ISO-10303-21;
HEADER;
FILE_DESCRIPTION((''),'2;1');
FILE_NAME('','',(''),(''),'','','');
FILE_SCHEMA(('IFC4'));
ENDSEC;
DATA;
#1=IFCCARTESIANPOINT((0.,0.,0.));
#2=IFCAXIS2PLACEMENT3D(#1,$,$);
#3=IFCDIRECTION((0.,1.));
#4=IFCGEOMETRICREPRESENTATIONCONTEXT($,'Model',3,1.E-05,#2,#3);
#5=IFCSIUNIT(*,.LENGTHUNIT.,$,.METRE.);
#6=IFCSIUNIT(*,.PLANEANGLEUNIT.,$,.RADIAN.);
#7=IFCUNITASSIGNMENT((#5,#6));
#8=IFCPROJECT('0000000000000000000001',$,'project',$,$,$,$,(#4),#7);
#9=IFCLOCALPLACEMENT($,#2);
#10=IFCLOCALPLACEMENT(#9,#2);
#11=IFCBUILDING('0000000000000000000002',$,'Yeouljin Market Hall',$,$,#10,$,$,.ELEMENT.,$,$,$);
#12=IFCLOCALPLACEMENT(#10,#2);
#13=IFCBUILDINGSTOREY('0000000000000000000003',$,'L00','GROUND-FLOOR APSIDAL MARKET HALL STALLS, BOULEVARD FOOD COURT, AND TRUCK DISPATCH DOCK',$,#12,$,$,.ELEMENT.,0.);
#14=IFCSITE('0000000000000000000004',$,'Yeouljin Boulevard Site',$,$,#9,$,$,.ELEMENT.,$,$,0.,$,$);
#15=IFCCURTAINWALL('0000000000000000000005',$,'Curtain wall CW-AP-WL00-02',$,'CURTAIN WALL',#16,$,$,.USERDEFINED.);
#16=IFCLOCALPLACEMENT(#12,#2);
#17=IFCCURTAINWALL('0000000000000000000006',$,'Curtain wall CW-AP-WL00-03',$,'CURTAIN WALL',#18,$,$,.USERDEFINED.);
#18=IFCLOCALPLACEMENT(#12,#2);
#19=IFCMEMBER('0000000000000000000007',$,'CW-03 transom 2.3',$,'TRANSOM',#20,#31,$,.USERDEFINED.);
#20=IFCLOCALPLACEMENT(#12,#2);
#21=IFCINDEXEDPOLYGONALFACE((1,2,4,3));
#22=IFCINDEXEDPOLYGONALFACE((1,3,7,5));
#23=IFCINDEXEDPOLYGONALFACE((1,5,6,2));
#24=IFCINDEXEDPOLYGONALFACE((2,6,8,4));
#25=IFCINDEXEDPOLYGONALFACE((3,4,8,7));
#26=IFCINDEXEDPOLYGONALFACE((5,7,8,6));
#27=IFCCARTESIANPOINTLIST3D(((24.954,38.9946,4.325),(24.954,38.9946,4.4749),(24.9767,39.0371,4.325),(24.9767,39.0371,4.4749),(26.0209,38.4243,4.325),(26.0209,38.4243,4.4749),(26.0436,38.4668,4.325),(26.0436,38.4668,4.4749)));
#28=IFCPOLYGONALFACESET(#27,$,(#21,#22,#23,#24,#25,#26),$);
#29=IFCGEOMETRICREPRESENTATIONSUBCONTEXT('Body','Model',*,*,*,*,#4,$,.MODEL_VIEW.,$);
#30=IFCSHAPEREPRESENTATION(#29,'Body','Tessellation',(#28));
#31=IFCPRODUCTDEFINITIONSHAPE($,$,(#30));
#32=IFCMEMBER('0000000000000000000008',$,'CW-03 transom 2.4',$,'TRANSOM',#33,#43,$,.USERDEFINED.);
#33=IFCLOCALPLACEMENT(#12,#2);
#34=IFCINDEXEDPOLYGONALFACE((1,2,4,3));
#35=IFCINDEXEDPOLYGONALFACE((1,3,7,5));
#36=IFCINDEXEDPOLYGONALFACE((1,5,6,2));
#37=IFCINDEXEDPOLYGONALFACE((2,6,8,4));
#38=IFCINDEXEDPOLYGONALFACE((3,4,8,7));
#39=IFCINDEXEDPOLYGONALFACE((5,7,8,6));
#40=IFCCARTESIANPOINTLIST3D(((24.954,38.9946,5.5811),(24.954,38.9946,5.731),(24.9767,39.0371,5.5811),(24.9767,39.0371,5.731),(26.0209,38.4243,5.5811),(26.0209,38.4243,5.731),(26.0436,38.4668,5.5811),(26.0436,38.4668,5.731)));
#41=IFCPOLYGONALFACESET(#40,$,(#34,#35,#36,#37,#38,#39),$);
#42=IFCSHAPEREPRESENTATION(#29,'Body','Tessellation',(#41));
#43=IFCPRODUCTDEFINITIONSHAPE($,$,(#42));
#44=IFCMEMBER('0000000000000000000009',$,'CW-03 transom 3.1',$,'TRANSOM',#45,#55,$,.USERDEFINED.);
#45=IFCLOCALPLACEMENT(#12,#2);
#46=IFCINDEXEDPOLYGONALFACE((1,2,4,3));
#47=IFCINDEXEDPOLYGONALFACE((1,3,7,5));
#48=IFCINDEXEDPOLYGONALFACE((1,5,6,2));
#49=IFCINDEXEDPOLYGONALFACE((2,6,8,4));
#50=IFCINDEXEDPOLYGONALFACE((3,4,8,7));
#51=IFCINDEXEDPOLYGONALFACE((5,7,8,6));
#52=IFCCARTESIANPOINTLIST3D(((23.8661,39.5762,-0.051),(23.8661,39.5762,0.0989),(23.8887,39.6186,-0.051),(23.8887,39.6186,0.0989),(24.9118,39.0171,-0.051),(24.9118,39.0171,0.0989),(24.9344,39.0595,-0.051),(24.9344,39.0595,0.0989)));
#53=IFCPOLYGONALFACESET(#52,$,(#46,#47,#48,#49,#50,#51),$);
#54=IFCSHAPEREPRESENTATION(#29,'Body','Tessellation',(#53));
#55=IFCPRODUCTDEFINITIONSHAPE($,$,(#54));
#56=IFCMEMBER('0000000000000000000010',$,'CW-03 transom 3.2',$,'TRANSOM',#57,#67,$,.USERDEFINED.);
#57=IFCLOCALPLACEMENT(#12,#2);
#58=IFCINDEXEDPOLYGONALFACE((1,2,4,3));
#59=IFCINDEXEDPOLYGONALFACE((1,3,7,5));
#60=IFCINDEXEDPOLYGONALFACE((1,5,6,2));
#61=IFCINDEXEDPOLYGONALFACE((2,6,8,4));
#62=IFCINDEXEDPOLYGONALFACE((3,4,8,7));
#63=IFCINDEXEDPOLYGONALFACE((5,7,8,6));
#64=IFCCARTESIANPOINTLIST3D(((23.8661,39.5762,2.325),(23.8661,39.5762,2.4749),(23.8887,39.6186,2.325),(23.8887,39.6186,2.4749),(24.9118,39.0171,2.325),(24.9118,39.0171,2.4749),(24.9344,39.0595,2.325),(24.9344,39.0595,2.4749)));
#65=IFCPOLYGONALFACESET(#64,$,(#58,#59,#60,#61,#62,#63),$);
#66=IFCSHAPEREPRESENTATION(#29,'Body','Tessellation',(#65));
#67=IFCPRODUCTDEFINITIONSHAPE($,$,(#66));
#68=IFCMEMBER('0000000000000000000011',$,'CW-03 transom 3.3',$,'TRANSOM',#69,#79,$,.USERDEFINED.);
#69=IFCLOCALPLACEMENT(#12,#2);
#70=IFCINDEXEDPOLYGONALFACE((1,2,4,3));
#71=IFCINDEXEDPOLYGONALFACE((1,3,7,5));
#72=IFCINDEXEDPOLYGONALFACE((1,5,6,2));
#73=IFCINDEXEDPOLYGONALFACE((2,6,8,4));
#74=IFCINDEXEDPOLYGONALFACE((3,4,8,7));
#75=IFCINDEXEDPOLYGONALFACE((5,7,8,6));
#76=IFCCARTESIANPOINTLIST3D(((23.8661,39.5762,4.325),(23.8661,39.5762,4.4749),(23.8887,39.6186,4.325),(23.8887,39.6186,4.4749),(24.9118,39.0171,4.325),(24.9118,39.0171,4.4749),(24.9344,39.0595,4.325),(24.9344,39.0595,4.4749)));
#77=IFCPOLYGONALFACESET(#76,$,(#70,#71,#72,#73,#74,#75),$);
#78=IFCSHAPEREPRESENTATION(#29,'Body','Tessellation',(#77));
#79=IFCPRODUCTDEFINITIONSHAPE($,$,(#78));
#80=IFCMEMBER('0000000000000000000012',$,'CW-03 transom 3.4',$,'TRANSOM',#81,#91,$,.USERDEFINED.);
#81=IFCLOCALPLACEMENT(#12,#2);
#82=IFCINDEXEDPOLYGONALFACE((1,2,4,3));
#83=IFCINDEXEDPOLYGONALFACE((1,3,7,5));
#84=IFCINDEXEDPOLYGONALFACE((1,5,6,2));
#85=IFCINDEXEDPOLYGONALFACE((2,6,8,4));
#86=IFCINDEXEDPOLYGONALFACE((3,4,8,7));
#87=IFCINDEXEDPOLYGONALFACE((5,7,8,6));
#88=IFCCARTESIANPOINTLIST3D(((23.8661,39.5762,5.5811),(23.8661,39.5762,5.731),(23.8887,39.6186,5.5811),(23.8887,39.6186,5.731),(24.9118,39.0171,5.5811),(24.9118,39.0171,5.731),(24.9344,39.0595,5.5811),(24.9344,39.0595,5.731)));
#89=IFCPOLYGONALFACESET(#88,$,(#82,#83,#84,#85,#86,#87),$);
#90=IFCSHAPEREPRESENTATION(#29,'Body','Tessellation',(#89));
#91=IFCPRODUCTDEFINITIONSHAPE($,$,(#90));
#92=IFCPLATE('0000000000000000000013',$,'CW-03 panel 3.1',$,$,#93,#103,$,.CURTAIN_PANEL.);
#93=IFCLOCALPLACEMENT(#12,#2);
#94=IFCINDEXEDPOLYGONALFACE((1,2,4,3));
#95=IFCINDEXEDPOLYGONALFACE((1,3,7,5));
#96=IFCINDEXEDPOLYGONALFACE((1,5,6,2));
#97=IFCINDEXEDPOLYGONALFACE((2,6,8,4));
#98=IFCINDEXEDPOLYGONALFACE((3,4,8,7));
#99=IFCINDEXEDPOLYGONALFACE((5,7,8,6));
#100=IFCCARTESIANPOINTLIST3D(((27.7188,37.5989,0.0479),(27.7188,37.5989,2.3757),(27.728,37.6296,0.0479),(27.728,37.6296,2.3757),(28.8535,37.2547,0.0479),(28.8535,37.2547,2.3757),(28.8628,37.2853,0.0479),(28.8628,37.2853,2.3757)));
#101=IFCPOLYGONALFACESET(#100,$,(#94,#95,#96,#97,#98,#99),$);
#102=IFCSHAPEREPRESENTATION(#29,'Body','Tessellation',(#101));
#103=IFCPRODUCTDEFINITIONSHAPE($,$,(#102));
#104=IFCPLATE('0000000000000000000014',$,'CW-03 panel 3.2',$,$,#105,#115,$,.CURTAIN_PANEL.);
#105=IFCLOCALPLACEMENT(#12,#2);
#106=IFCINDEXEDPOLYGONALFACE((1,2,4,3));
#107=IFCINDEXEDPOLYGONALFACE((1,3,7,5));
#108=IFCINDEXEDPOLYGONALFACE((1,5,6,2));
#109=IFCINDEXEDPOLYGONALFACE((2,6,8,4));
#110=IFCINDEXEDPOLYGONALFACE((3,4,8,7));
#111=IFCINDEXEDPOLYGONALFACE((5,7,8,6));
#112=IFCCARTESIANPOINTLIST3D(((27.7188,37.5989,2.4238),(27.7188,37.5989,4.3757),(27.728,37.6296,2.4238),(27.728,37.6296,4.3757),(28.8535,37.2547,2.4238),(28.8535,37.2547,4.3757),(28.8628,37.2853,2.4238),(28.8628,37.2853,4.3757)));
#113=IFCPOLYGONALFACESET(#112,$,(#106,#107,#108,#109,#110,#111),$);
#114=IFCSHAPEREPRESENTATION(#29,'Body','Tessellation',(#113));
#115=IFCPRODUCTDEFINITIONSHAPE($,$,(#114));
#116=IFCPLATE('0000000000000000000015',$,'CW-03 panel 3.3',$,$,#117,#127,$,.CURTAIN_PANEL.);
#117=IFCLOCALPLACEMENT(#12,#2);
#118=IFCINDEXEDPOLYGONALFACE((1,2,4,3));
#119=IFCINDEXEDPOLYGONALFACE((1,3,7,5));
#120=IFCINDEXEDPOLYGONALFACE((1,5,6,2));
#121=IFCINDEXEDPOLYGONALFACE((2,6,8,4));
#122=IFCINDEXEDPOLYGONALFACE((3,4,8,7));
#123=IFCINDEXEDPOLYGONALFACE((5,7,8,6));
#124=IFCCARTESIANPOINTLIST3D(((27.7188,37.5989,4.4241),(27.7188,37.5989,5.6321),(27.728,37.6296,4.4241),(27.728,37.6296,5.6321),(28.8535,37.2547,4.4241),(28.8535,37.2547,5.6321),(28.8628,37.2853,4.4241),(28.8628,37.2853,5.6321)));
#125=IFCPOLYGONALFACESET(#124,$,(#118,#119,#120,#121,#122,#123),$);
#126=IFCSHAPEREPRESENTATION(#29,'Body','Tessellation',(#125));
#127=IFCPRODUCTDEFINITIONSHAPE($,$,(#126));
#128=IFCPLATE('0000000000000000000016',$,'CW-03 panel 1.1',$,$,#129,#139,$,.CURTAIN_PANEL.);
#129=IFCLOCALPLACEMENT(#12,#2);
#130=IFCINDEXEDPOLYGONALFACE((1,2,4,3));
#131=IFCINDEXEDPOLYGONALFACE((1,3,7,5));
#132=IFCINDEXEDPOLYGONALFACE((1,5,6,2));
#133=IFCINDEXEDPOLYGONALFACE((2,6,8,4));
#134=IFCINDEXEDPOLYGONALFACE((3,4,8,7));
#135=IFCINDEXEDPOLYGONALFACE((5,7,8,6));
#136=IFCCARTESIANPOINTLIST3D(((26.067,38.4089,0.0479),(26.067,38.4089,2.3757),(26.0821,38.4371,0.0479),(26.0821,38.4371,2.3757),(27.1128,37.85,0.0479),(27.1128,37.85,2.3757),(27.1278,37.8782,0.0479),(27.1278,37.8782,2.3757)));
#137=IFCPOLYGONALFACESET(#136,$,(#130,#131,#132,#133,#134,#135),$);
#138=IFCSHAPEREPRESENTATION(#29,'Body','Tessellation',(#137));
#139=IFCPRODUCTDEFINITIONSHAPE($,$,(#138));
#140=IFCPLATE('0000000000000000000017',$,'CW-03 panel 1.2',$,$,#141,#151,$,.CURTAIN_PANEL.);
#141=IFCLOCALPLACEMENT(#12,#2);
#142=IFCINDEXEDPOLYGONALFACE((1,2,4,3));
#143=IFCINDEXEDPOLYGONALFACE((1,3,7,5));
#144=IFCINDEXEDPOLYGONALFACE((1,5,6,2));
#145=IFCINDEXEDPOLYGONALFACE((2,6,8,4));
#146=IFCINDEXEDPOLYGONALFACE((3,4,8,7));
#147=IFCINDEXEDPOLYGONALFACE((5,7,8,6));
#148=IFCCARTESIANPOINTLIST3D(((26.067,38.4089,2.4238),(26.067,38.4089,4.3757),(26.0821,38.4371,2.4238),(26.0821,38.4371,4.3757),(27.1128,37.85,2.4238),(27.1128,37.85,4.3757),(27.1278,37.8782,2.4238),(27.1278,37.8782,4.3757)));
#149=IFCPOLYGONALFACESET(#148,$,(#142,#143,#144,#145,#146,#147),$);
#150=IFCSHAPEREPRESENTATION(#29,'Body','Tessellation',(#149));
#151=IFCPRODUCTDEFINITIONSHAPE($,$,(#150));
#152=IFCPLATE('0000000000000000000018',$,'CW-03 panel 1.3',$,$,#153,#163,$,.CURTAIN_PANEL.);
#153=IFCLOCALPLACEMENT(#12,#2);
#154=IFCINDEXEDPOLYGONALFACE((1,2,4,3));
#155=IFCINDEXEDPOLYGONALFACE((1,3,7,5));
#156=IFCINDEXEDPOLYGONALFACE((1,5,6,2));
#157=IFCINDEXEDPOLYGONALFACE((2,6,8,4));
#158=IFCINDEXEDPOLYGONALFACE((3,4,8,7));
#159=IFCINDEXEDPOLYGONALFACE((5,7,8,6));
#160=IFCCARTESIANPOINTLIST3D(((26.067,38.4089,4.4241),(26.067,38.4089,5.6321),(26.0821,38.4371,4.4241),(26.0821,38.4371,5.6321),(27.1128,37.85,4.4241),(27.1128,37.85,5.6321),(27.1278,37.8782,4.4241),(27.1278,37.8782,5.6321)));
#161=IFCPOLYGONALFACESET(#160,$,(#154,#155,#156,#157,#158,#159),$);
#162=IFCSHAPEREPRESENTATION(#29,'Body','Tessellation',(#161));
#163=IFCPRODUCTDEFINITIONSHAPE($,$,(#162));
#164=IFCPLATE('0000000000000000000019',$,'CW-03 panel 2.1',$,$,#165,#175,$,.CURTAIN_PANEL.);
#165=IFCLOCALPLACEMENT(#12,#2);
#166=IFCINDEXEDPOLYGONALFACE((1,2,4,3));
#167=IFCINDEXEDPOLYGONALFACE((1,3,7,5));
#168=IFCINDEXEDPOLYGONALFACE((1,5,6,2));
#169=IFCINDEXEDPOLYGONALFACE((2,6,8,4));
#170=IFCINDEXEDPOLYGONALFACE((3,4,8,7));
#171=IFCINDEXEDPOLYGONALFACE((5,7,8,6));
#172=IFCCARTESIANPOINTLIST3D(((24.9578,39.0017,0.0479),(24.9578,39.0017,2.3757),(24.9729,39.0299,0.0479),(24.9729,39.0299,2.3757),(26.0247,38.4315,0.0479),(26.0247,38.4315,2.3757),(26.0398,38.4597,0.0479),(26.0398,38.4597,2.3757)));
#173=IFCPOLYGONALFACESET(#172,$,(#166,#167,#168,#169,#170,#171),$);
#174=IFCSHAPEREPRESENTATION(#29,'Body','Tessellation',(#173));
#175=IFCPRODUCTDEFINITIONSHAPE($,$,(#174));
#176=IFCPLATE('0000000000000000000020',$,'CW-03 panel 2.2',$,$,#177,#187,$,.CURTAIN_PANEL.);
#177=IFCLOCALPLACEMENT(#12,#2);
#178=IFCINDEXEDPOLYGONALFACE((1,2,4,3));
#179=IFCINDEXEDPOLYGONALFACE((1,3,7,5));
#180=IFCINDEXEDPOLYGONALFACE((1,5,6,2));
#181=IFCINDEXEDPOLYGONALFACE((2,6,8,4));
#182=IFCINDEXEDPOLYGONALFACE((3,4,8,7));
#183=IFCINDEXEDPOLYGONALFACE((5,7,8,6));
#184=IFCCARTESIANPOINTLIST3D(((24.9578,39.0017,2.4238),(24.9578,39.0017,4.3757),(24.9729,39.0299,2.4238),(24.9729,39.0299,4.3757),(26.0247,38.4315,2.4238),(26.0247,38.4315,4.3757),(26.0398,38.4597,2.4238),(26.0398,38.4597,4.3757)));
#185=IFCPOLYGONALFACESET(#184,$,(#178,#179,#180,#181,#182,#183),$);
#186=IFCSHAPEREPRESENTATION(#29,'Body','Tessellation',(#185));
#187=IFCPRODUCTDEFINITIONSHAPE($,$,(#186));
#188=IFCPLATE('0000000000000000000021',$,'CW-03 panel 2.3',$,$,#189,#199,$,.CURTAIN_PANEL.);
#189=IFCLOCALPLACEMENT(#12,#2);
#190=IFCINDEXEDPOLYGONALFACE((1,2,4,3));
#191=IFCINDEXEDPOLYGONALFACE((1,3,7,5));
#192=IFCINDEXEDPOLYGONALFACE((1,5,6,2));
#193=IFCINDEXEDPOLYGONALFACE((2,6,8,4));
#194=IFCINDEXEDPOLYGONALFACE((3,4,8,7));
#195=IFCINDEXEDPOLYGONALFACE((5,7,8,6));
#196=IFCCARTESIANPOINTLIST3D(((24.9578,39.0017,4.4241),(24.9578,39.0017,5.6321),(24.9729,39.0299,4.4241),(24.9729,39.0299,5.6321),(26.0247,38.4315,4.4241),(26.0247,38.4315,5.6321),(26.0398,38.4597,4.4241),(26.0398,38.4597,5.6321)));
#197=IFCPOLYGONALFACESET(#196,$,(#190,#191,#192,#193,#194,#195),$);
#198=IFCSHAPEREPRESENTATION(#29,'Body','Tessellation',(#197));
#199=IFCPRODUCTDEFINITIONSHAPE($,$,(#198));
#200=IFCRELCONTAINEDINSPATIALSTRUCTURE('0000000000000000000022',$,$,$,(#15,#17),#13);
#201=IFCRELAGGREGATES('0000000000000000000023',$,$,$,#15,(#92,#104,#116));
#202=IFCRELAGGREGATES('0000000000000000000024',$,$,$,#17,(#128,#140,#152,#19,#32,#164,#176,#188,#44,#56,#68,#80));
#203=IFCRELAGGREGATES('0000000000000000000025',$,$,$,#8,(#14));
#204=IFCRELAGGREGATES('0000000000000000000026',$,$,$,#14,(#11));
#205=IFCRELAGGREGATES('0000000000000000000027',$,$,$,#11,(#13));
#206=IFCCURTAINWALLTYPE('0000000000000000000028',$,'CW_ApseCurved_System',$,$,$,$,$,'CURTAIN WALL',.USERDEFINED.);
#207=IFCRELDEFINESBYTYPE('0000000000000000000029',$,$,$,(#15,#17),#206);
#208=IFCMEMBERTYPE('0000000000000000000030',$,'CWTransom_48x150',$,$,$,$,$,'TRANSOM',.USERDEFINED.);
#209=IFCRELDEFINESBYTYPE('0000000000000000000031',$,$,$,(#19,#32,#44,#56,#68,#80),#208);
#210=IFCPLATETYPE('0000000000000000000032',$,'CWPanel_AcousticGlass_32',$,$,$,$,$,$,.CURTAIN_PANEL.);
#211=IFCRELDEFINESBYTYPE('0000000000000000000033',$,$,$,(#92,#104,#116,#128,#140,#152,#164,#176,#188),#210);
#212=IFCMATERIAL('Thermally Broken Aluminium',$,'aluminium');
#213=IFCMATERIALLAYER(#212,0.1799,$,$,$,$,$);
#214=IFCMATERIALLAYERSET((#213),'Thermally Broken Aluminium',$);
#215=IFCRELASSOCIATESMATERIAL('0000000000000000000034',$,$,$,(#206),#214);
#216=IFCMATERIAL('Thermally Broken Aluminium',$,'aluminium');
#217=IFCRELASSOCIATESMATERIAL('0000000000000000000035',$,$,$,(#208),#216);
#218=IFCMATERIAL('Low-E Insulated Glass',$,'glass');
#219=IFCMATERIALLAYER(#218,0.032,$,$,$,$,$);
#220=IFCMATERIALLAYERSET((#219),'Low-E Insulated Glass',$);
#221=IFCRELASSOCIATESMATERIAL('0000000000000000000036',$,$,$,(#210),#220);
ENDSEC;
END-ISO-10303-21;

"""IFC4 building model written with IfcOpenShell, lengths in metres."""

from ifc_helpers import new_model, si_unit, direction, frame, origin, origin_2d, place, context, subcontext, project, spatial, rectangle, extrude, material, layer, layer_set, material_profile, profile_set, type_object, element, aggregate, save


model = new_model("IFC4")

# Units and contexts
model_context = context("Model", 3, precision=1e-05, world=origin(), true_north=direction((0.0, 1.0)))
body_context = subcontext(model_context, "Body", "Model", "MODEL_VIEW")
ifc_project = project(units=[si_unit("LENGTHUNIT", "METRE"), si_unit("PLANEANGLEUNIT", "RADIAN")], contexts=[model_context])

# Site, building, storey
site_placement = place(None, origin())
site = spatial("IfcSite", under=ifc_project, at=site_placement, Name="Yeouljin Boulevard Site", CompositionType="ELEMENT", RefElevation=0.0)
building_placement = place(site_placement, origin())
building = spatial("IfcBuilding", under=site, at=building_placement, Name="Yeouljin Market Hall", CompositionType="ELEMENT")
storey_placement = place(building_placement, origin())
storey = spatial("IfcBuildingStorey", under=building, at=storey_placement, Name="L00", Description="GROUND-FLOOR APSIDAL MARKET HALL STALLS, BOULEVARD FOOD COURT, AND TRUCK DISPATCH DOCK", CompositionType="ELEMENT", Elevation=0.0)

# Curtain wall
ifc_material_1 = material(Name="Thermally Broken Aluminium", Category="aluminium")
ifc_layer_1 = layer(ifc_material_1, 0.1799)
ifc_layer_set_1 = layer_set([ifc_layer_1], Name="Thermally Broken Aluminium")
curtain_wall_type = type_object("IfcCurtainWallType", Name="CW_ApseCurved_System", ElementType="CURTAIN WALL", PredefinedType="USERDEFINED", material=ifc_layer_set_1)
curtain_wall_1_placement = place(storey_placement, origin())
curtain_wall_1 = element("IfcCurtainWall", 1, at=curtain_wall_1_placement, inside=storey, type_object=curtain_wall_type, Name="Curtain wall CW-AP-WL00-02", ObjectType="CURTAIN WALL", PredefinedType="USERDEFINED")

# Curtain wall, members
curtain_wall_2_placement = place(storey_placement, origin())
curtain_wall_2 = element("IfcCurtainWall", 2, at=curtain_wall_2_placement, inside=storey, type_object=curtain_wall_type, Name="Curtain wall CW-AP-WL00-03", ObjectType="CURTAIN WALL", PredefinedType="USERDEFINED")
ifc_material_2 = material(Name="Thermally Broken Aluminium", Category="aluminium")
ifc_material_profile_1 = material_profile(ifc_material_2, rectangle(XDim=0.0481, YDim=0.1499, at=origin_2d()), Name="CW-TRAN-48x150")
ifc_profile_set_1 = profile_set([ifc_material_profile_1], Name="Thermally Broken Aluminium")
member_type_1 = type_object("IfcMemberType", Name="CWTransom_48x150", ElementType="TRANSOM", PredefinedType="USERDEFINED", material=ifc_profile_set_1)
member_1_placement = place(storey_placement, frame((26.0322, 38.4456, 4.3999), z_axis=(-0.881906, 0.471426, 0.0), x_axis=(-0.471426, -0.881906, 0.0)))
member_1 = element("IfcMember", 3, at=member_1_placement, type_object=member_type_1, Name="CW-03 transom 2.3", ObjectType="TRANSOM", PredefinedType="USERDEFINED", context=body_context, shape_type="SweptSolid", body=[
    extrude(rectangle(XDim=0.0481, YDim=0.1499, at=origin_2d()), origin(), (0.0, 0.0, 1.0), 1.2097),
])
member_2_placement = place(storey_placement, frame((26.0322, 38.4456, 5.656), z_axis=(-0.881906, 0.471426, 0.0), x_axis=(-0.471426, -0.881906, 0.0)))
member_2 = element("IfcMember", 4, at=member_2_placement, type_object=member_type_1, Name="CW-03 transom 2.4", ObjectType="TRANSOM", PredefinedType="USERDEFINED", context=body_context, shape_type="SweptSolid", body=[
    extrude(rectangle(XDim=0.0481, YDim=0.1499, at=origin_2d()), origin(), (0.0, 0.0, 1.0), 1.2097),
])
member_3_placement = place(storey_placement, frame((24.9231, 39.0383, 0.0239), z_axis=(-0.881862, 0.471507, 0.0), x_axis=(-0.471507, -0.881862, 0.0)))
member_3 = element("IfcMember", 5, at=member_3_placement, type_object=member_type_1, Name="CW-03 transom 3.1", ObjectType="TRANSOM", PredefinedType="USERDEFINED", context=body_context, shape_type="SweptSolid", body=[
    extrude(rectangle(XDim=0.0481, YDim=0.1499, at=origin_2d()), origin(), (0.0, 0.0, 1.0), 1.1858),
])
member_4_placement = place(storey_placement, frame((24.9231, 39.0383, 2.3999), z_axis=(-0.881862, 0.471507, 0.0), x_axis=(-0.471507, -0.881862, 0.0)))
member_4 = element("IfcMember", 6, at=member_4_placement, type_object=member_type_1, Name="CW-03 transom 3.2", ObjectType="TRANSOM", PredefinedType="USERDEFINED", context=body_context, shape_type="SweptSolid", body=[
    extrude(rectangle(XDim=0.0481, YDim=0.1499, at=origin_2d()), origin(), (0.0, 0.0, 1.0), 1.1858),
])
member_5_placement = place(storey_placement, frame((24.9231, 39.0383, 4.3999), z_axis=(-0.881862, 0.471507, 0.0), x_axis=(-0.471507, -0.881862, 0.0)))
member_5 = element("IfcMember", 7, at=member_5_placement, type_object=member_type_1, Name="CW-03 transom 3.3", ObjectType="TRANSOM", PredefinedType="USERDEFINED", context=body_context, shape_type="SweptSolid", body=[
    extrude(rectangle(XDim=0.0481, YDim=0.1499, at=origin_2d()), origin(), (0.0, 0.0, 1.0), 1.1858),
])
member_6_placement = place(storey_placement, frame((24.9231, 39.0383, 5.656), z_axis=(-0.881862, 0.471507, 0.0), x_axis=(-0.471507, -0.881862, 0.0)))
member_6 = element("IfcMember", 8, at=member_6_placement, type_object=member_type_1, Name="CW-03 transom 3.4", ObjectType="TRANSOM", PredefinedType="USERDEFINED", context=body_context, shape_type="SweptSolid", body=[
    extrude(rectangle(XDim=0.0481, YDim=0.1499, at=origin_2d()), origin(), (0.0, 0.0, 1.0), 1.1858),
])

# Plates
ifc_material_3 = material(Name="Low-E Insulated Glass", Category="glass")
ifc_layer_2 = layer(ifc_material_3, 0.032)
ifc_layer_set_2 = layer_set([ifc_layer_2], Name="Low-E Insulated Glass")
plate_type = type_object("IfcPlateType", Name="CWPanel_AcousticGlass_32", PredefinedType="CURTAIN_PANEL", material=ifc_layer_set_2)
plate_1_placement = place(storey_placement, frame((28.2908, 37.4421, 0.0479), z_axis=(0.0, 0.0, 1.0), x_axis=(-0.95694, 0.290286, 0.0)))
plate_1 = element("IfcPlate", 9, at=plate_1_placement, type_object=plate_type, Name="CW-03 panel 3.1", PredefinedType="CURTAIN_PANEL", context=body_context, shape_type="SweptSolid", body=[
    extrude(rectangle(XDim=1.1858, YDim=0.032, at=origin_2d()), origin(), (0.0, 0.0, 1.0), 2.3279),
])
plate_2_placement = place(storey_placement, frame((28.2908, 37.4421, 2.4238), z_axis=(0.0, 0.0, 1.0), x_axis=(-0.95694, 0.290286, 0.0)))
plate_2 = element("IfcPlate", 10, at=plate_2_placement, type_object=plate_type, Name="CW-03 panel 3.2", PredefinedType="CURTAIN_PANEL", context=body_context, shape_type="SweptSolid", body=[
    extrude(rectangle(XDim=1.1858, YDim=0.032, at=origin_2d()), origin(), (0.0, 0.0, 1.0), 1.9519),
])
plate_3_placement = place(storey_placement, frame((28.2908, 37.4421, 4.4241), z_axis=(0.0, 0.0, 1.0), x_axis=(-0.95694, 0.290286, 0.0)))
plate_3 = element("IfcPlate", 11, at=plate_3_placement, type_object=plate_type, Name="CW-03 panel 3.3", PredefinedType="CURTAIN_PANEL", context=body_context, shape_type="SweptSolid", body=[
    extrude(rectangle(XDim=1.1858, YDim=0.032, at=origin_2d()), origin(), (0.0, 0.0, 1.0), 1.208),
])
aggregate(curtain_wall_1, [plate_1, plate_2, plate_3])
plate_4_placement = place(storey_placement, frame((26.5974, 38.1436, 0.0479), z_axis=(0.0, 0.0, 1.0), x_axis=(-0.881931, 0.471378, 0.0)))
plate_4 = element("IfcPlate", 12, at=plate_4_placement, type_object=plate_type, Name="CW-03 panel 1.1", PredefinedType="CURTAIN_PANEL", context=body_context, shape_type="SweptSolid", body=[
    extrude(rectangle(XDim=1.1858, YDim=0.032, at=origin_2d()), origin(), (0.0, 0.0, 1.0), 2.3279),
])
plate_5_placement = place(storey_placement, frame((26.5974, 38.1436, 2.4238), z_axis=(0.0, 0.0, 1.0), x_axis=(-0.881931, 0.471378, 0.0)))
plate_5 = element("IfcPlate", 13, at=plate_5_placement, type_object=plate_type, Name="CW-03 panel 1.2", PredefinedType="CURTAIN_PANEL", context=body_context, shape_type="SweptSolid", body=[
    extrude(rectangle(XDim=1.1858, YDim=0.032, at=origin_2d()), origin(), (0.0, 0.0, 1.0), 1.9519),
])
plate_6_placement = place(storey_placement, frame((26.5974, 38.1436, 4.4241), z_axis=(0.0, 0.0, 1.0), x_axis=(-0.881931, 0.471378, 0.0)))
plate_6 = element("IfcPlate", 14, at=plate_6_placement, type_object=plate_type, Name="CW-03 panel 1.3", PredefinedType="CURTAIN_PANEL", context=body_context, shape_type="SweptSolid", body=[
    extrude(rectangle(XDim=1.1858, YDim=0.032, at=origin_2d()), origin(), (0.0, 0.0, 1.0), 1.208),
])
plate_7_placement = place(storey_placement, frame((25.4988, 38.7307, 0.0479), z_axis=(0.0, 0.0, 1.0), x_axis=(-0.881931, 0.471378, 0.0)))
plate_7 = element("IfcPlate", 15, at=plate_7_placement, type_object=plate_type, Name="CW-03 panel 2.1", PredefinedType="CURTAIN_PANEL", context=body_context, shape_type="SweptSolid", body=[
    extrude(rectangle(XDim=1.2097, YDim=0.032, at=origin_2d()), origin(), (0.0, 0.0, 1.0), 2.3279),
])
plate_8_placement = place(storey_placement, frame((25.4988, 38.7307, 2.4238), z_axis=(0.0, 0.0, 1.0), x_axis=(-0.881931, 0.471378, 0.0)))
plate_8 = element("IfcPlate", 16, at=plate_8_placement, type_object=plate_type, Name="CW-03 panel 2.2", PredefinedType="CURTAIN_PANEL", context=body_context, shape_type="SweptSolid", body=[
    extrude(rectangle(XDim=1.2097, YDim=0.032, at=origin_2d()), origin(), (0.0, 0.0, 1.0), 1.9519),
])
plate_9_placement = place(storey_placement, frame((25.4988, 38.7307, 4.4241), z_axis=(0.0, 0.0, 1.0), x_axis=(-0.881931, 0.471378, 0.0)))
plate_9 = element("IfcPlate", 17, at=plate_9_placement, type_object=plate_type, Name="CW-03 panel 2.3", PredefinedType="CURTAIN_PANEL", context=body_context, shape_type="SweptSolid", body=[
    extrude(rectangle(XDim=1.2097, YDim=0.032, at=origin_2d()), origin(), (0.0, 0.0, 1.0), 1.208),
])
aggregate(curtain_wall_2, [plate_4, plate_5, plate_6, member_1, member_2, plate_7, plate_8, plate_9, member_3, member_4, member_5, member_6])

save(model, "model.ifc")
